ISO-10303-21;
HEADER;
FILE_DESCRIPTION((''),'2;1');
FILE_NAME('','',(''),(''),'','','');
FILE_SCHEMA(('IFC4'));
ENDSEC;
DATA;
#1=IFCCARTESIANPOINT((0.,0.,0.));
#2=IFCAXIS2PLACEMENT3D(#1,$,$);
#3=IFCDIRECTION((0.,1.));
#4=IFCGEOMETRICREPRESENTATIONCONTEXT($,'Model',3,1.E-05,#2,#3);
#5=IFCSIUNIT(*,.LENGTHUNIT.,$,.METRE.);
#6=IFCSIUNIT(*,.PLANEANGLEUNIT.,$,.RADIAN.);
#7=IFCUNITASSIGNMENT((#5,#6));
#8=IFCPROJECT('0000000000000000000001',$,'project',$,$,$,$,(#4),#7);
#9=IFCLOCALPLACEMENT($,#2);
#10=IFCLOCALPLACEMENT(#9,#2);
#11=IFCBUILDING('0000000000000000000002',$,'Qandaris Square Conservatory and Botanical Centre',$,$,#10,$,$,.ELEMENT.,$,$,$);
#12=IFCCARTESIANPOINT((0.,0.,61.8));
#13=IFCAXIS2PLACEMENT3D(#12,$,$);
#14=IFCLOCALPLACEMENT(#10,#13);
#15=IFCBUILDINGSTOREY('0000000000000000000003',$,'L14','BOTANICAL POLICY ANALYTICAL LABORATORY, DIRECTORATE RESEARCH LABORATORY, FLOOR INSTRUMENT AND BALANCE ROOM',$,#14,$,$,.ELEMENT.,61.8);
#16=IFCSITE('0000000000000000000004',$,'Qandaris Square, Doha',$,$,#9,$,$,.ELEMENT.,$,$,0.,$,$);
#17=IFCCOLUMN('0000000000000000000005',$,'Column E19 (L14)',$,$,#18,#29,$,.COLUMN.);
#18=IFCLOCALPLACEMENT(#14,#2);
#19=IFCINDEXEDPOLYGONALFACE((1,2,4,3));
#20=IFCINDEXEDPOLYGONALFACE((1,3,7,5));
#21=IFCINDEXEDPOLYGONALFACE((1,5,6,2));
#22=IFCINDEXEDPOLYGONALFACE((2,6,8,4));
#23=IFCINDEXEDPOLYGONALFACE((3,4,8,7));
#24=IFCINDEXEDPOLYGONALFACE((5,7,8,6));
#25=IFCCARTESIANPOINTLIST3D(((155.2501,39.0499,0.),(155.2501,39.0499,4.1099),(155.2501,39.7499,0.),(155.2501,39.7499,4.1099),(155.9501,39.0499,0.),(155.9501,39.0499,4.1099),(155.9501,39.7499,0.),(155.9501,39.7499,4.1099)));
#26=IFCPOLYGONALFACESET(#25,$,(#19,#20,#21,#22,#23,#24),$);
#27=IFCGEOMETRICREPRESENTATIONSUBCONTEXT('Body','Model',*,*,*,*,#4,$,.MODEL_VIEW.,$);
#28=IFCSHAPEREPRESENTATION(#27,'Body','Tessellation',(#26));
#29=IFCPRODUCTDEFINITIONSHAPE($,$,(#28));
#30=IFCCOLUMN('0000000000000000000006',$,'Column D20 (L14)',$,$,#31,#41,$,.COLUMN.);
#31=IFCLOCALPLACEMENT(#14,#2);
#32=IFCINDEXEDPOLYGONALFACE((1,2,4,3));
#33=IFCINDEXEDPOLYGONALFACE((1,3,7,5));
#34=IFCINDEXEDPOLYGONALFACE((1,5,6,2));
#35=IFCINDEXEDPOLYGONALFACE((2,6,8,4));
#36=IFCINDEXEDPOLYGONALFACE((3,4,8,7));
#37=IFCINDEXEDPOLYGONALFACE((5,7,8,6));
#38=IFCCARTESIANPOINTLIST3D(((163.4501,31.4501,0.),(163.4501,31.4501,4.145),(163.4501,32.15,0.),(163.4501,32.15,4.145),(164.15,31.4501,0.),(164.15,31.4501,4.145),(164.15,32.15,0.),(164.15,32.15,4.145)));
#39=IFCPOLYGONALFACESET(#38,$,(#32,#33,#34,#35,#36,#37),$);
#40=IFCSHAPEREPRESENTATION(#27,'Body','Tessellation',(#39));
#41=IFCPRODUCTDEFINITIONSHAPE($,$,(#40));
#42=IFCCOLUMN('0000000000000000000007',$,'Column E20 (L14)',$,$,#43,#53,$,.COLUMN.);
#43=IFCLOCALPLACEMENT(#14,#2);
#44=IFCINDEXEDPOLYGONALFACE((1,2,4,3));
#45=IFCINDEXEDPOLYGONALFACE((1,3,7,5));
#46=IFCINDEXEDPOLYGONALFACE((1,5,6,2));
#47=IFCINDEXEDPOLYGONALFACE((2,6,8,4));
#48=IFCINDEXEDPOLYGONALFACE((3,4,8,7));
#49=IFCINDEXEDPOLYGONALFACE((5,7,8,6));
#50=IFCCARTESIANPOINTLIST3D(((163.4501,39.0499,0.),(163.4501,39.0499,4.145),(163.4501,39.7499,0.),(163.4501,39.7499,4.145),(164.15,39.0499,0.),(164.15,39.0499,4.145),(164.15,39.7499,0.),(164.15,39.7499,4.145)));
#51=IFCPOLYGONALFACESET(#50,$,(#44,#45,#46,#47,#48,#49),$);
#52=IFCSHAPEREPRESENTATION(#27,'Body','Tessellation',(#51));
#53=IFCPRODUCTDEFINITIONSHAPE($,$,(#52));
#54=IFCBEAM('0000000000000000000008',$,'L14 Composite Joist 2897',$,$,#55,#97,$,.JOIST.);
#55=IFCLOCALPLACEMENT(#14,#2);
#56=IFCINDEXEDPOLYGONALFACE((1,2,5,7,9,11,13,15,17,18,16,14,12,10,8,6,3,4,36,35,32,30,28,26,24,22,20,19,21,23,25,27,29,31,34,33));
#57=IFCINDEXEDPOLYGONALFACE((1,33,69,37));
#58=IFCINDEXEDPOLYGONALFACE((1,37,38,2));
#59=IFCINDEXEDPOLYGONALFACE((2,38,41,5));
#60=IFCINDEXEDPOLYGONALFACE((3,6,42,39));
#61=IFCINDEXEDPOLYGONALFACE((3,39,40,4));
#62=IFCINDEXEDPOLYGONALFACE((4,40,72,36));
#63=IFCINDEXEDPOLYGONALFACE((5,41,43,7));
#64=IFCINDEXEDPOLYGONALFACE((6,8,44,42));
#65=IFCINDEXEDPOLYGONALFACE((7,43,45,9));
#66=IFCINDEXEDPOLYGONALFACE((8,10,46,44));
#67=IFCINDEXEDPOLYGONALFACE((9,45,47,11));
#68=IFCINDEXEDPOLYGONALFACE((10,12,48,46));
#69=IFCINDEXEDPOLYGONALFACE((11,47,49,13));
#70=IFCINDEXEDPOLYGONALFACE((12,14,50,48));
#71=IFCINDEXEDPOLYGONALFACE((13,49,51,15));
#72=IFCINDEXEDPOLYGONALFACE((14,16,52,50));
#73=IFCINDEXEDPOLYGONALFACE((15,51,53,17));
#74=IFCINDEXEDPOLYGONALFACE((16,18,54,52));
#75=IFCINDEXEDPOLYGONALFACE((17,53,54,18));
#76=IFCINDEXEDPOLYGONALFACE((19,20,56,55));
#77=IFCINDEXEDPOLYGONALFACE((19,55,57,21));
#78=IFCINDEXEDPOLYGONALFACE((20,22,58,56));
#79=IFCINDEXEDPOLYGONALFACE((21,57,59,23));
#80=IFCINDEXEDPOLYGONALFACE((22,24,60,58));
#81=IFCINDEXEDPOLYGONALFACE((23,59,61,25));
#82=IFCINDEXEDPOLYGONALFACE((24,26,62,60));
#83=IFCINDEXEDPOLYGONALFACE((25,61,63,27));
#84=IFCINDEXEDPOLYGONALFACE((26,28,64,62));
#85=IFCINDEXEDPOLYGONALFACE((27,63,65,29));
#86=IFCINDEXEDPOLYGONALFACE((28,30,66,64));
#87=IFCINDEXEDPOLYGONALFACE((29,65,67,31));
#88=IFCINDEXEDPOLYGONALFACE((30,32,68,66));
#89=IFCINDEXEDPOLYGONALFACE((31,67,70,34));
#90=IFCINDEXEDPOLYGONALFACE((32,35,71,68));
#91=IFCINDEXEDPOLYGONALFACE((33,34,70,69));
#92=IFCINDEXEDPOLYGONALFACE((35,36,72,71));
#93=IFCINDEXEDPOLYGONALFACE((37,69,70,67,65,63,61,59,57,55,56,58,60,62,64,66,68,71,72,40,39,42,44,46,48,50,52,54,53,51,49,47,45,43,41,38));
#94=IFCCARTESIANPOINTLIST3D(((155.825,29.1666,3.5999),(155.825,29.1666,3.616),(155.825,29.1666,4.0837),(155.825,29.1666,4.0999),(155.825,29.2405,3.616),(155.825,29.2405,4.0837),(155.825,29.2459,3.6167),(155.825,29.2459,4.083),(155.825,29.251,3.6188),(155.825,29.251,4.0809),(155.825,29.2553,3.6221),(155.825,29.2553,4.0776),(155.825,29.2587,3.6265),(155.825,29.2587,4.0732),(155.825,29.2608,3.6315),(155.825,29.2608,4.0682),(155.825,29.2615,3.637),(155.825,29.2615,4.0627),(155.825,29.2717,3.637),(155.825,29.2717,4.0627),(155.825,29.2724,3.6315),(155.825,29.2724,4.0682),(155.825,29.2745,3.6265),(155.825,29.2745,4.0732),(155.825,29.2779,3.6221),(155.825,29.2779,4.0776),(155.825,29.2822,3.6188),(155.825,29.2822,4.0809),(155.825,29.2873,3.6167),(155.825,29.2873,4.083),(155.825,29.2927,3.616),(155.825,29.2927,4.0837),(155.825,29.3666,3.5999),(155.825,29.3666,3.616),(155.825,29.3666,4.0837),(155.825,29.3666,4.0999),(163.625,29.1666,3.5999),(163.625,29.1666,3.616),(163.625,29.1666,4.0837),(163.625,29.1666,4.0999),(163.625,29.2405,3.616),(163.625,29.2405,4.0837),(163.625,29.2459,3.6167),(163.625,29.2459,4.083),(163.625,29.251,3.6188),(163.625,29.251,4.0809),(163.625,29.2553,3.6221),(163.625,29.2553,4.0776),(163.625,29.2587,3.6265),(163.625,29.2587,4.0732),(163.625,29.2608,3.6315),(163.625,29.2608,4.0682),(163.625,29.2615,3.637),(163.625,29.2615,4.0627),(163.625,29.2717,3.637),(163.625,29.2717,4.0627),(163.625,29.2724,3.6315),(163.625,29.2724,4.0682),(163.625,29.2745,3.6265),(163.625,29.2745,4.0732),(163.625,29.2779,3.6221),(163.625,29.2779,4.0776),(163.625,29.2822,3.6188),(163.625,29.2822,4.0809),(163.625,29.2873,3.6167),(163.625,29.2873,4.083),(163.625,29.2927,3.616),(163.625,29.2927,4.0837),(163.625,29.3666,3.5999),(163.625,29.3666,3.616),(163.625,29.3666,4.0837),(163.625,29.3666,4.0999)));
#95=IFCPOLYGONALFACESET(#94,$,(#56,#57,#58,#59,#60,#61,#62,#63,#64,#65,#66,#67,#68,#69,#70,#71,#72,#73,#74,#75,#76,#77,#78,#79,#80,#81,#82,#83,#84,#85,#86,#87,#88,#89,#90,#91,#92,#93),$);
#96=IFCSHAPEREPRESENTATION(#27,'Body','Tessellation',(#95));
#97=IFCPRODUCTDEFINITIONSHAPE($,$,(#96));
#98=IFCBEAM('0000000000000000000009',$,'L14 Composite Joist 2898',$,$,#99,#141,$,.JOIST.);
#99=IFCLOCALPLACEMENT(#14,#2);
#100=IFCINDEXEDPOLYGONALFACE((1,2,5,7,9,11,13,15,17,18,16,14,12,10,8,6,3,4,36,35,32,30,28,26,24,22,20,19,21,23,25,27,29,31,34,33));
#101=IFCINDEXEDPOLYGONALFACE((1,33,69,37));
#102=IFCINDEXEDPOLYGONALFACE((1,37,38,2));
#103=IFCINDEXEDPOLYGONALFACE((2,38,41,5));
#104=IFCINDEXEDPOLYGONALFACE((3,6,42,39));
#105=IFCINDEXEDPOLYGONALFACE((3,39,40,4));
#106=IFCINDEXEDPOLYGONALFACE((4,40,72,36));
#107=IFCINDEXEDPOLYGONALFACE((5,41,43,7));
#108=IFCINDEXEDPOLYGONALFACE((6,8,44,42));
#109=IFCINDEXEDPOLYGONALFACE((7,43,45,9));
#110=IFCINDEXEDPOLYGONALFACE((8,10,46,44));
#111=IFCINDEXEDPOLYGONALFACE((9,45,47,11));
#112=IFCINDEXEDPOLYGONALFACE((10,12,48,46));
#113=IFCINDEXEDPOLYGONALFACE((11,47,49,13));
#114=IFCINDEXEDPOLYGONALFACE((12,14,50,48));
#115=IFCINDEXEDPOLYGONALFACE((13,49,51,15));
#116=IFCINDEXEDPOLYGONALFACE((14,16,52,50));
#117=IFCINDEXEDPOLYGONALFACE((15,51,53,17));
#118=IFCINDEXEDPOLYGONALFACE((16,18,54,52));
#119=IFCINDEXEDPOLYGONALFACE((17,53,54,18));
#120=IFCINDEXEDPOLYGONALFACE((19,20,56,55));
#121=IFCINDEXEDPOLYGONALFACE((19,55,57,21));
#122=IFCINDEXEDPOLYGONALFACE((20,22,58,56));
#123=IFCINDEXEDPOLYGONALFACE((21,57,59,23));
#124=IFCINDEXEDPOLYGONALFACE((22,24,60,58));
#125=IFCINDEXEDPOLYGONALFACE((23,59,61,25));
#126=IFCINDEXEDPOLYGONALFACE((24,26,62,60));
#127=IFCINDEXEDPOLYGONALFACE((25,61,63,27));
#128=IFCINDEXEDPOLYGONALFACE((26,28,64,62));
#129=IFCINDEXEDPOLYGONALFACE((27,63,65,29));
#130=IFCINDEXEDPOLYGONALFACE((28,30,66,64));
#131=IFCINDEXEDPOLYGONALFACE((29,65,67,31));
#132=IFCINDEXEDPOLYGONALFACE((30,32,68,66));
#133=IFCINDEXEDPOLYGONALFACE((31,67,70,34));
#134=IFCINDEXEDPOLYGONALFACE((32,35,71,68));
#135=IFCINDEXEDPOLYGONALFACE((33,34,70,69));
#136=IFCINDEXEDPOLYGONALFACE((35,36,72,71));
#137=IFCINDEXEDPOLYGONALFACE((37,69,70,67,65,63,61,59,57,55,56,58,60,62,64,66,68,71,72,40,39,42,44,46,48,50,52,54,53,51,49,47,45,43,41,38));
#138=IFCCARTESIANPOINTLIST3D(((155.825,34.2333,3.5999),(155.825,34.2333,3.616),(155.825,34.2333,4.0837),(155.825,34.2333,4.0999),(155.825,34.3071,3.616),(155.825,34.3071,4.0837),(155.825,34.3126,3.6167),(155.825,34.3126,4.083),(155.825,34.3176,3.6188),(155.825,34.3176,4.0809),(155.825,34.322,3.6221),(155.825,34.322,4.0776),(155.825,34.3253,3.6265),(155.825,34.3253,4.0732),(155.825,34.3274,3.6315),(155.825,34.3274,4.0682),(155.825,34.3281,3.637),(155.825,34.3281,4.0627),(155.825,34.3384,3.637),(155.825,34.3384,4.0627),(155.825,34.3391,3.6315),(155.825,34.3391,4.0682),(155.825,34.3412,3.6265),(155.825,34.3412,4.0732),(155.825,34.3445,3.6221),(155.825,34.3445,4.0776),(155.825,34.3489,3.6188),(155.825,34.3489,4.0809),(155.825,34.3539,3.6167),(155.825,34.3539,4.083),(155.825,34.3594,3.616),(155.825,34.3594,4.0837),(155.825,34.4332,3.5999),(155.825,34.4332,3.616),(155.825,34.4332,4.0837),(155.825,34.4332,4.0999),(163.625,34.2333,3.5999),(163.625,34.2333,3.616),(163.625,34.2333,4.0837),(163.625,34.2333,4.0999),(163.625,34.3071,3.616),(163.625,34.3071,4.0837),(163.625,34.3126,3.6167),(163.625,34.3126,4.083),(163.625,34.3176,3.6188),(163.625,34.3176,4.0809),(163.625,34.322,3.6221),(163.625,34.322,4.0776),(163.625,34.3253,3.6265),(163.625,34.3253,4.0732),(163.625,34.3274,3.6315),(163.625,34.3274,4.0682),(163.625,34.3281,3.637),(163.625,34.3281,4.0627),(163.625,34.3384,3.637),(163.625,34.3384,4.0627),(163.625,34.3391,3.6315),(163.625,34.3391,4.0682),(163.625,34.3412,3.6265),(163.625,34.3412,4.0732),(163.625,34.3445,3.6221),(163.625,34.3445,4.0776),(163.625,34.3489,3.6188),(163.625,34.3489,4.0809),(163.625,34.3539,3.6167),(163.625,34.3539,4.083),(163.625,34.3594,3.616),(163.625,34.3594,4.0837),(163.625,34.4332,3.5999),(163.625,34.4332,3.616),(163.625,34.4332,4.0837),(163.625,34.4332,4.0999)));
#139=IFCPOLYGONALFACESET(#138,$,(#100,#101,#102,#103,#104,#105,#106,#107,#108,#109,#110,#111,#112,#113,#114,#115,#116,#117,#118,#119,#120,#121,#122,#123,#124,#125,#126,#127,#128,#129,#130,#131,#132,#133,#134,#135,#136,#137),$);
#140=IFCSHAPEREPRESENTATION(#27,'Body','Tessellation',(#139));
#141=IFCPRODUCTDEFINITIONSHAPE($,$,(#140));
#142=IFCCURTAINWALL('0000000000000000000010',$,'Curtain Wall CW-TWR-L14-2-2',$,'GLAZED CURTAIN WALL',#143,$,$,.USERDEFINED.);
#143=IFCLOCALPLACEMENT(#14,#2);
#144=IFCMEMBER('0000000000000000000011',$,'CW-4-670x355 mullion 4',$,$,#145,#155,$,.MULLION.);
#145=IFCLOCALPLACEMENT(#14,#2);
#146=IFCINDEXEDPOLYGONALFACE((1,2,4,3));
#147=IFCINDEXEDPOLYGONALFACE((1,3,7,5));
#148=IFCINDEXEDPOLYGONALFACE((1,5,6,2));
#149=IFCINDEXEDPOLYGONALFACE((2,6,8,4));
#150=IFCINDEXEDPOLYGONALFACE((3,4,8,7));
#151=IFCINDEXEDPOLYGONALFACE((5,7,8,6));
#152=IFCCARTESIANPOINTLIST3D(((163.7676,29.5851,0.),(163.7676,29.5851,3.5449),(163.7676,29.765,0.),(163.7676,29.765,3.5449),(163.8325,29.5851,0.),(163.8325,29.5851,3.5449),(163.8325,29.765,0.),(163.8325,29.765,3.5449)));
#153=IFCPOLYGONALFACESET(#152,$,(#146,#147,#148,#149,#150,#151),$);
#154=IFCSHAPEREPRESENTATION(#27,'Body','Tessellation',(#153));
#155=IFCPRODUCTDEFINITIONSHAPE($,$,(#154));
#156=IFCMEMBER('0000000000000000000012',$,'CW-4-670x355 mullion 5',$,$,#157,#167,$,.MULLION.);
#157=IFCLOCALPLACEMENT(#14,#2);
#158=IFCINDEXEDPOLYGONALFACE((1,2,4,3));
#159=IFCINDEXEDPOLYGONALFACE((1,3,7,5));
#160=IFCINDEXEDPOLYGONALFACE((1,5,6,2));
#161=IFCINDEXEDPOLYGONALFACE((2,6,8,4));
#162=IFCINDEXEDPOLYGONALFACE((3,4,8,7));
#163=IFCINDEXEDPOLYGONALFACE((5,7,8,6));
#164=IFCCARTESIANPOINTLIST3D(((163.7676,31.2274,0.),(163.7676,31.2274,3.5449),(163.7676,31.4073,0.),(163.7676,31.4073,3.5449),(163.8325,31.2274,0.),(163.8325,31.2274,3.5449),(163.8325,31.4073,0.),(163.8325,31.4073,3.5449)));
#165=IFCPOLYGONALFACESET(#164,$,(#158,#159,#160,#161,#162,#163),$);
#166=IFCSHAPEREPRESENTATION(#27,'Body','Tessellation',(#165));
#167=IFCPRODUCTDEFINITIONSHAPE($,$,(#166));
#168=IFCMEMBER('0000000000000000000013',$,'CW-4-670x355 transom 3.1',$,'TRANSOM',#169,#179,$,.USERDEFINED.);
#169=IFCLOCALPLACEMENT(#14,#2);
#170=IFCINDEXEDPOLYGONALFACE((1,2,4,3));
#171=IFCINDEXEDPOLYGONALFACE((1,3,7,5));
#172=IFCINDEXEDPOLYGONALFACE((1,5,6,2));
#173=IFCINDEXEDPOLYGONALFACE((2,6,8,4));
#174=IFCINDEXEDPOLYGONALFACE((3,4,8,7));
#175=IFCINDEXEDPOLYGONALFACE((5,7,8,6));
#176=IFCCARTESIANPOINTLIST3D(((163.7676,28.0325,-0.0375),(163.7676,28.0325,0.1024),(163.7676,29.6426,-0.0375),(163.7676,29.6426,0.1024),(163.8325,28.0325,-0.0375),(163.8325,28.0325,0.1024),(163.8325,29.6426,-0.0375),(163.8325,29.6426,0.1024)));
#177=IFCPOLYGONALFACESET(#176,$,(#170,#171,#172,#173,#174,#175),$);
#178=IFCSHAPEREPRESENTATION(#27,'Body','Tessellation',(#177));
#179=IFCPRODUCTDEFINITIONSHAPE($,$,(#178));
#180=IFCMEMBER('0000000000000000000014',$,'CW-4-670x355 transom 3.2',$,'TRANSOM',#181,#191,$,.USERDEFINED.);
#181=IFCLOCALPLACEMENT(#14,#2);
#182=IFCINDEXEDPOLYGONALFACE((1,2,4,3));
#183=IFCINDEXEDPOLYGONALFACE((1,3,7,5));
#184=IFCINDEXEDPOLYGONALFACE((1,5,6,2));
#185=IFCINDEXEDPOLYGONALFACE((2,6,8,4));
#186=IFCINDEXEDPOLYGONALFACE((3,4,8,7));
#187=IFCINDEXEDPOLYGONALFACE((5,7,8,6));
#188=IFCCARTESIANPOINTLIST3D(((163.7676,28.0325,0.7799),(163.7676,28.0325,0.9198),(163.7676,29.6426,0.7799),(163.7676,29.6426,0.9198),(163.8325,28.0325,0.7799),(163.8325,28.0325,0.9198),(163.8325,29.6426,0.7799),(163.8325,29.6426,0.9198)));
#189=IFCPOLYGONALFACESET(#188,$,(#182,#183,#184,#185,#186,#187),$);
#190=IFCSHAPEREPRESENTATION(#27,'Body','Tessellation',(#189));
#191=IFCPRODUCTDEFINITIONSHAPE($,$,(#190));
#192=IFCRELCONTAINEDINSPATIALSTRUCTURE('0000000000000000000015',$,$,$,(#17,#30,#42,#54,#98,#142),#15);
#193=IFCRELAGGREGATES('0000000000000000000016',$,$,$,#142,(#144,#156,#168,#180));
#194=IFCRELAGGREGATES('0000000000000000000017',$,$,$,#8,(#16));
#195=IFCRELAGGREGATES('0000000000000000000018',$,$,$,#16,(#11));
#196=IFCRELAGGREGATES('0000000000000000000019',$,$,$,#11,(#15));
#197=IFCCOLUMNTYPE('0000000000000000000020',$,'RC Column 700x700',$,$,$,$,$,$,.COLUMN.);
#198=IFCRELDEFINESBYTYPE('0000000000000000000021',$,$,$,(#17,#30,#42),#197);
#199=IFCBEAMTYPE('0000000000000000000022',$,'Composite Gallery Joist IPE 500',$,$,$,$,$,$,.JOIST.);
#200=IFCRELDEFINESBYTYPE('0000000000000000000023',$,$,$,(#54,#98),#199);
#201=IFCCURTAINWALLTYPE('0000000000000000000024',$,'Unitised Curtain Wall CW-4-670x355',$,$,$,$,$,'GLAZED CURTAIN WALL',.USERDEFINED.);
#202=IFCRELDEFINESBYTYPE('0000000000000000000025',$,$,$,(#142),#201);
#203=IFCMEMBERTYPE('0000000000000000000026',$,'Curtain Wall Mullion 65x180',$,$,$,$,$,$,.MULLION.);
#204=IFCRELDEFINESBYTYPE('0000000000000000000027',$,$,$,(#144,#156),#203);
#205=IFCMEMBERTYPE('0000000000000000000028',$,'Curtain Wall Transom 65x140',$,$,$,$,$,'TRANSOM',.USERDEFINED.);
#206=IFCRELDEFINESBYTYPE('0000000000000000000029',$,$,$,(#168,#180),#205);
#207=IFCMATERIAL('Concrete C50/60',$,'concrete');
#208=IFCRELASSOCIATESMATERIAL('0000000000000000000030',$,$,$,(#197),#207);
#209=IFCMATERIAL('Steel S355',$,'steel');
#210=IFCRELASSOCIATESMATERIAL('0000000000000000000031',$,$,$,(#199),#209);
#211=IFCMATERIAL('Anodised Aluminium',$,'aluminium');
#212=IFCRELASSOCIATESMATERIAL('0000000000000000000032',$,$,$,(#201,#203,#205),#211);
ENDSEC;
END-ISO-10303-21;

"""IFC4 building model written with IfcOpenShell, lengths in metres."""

from ifc_helpers import new_model, si_unit, direction, frame, origin, origin_2d, place, context, subcontext, project, spatial, rectangle, i_section, extrude, material, material_profile, profile_set, type_object, element, aggregate, save


model = new_model("IFC4")

# Units and contexts
model_context = context("Model", 3, precision=1e-05, world=origin(), true_north=direction((0.0, 1.0)))
body_context = subcontext(model_context, "Body", "Model", "MODEL_VIEW")
ifc_project = project(units=[si_unit("LENGTHUNIT", "METRE"), si_unit("PLANEANGLEUNIT", "RADIAN")], contexts=[model_context])

# Site, building, storey
site_placement = place(None, origin())
site = spatial("IfcSite", under=ifc_project, at=site_placement, Name="Qandaris Square, Doha", CompositionType="ELEMENT", RefElevation=0.0)
building_placement = place(site_placement, origin())
building = spatial("IfcBuilding", under=site, at=building_placement, Name="Qandaris Square Conservatory and Botanical Centre", CompositionType="ELEMENT")
storey_placement = place(building_placement, frame((0.0, 0.0, 61.8)))
storey = spatial("IfcBuildingStorey", under=building, at=storey_placement, Name="L14", Description="BOTANICAL POLICY ANALYTICAL LABORATORY, DIRECTORATE RESEARCH LABORATORY, FLOOR INSTRUMENT AND BALANCE ROOM", CompositionType="ELEMENT", Elevation=61.8)

# Columns
ifc_material_1 = material(Name="Concrete C50/60", Category="concrete")
ifc_material_profile_1 = material_profile(ifc_material_1, rectangle(XDim=0.7, YDim=0.7, at=origin_2d()), Name="RC-COL 700x700")
ifc_profile_set_1 = profile_set([ifc_material_profile_1], Name="Concrete C50/60")
column_type = type_object("IfcColumnType", Name="RC Column 700x700", PredefinedType="COLUMN", material=ifc_profile_set_1)
column_placement = place(storey_placement, frame((155.6001, 39.3999, 0.0), z_axis=(0.0, 0.0, 1.0), x_axis=(1.0, 0.0, 0.0)))
element("IfcColumn", 1, at=column_placement, inside=storey, type_object=column_type, Name="Column E19 (L14)", PredefinedType="COLUMN", context=body_context, shape_type="SweptSolid", body=[
    extrude(rectangle(XDim=0.7, YDim=0.7, at=origin_2d()), origin(), (0.0, 0.0, 1.0), 4.1099),
])
for number, where, z_axis, x_axis, name in (
    (2, (163.8, 31.8, 0.0), (0.0, 0.0, 1.0), (1.0, 0.0, 0.0), "Column D20 (L14)"),
    (3, (163.8, 39.3999, 0.0), (0.0, 0.0, 1.0), (1.0, 0.0, 0.0), "Column E20 (L14)"),
):
    element("IfcColumn", number, at=place(storey_placement, frame(where, z_axis=z_axis, x_axis=x_axis)), inside=storey, type_object=column_type, Name=name, PredefinedType="COLUMN", context=body_context, shape_type="SweptSolid", body=[
        extrude(rectangle(XDim=0.7, YDim=0.7, at=origin_2d()), origin(), (0.0, 0.0, 1.0), 4.145),
    ])

# Beams
ifc_material_2 = material(Name="Steel S355", Category="steel")
ifc_material_profile_2 = material_profile(ifc_material_2, i_section(OverallWidth=0.2, OverallDepth=0.5, WebThickness=0.0103, FlangeThickness=0.0161, FilletRadius=0.021, at=origin_2d()), Name="IPE 500")
ifc_profile_set_2 = profile_set([ifc_material_profile_2], Name="Steel S355")
beam_type_1 = type_object("IfcBeamType", Name="Composite Gallery Joist IPE 500", PredefinedType="JOIST", material=ifc_profile_set_2)
for number, where, z_axis, x_axis, name in (
    (4, (155.825, 29.2666, 3.8499), (1.0, 0.0, 0.0), (0.0, 1.0, 0.0), "L14 Composite Joist 2897"),
    (5, (155.825, 34.3333, 3.8499), (1.0, 0.0, 0.0), (0.0, 1.0, 0.0), "L14 Composite Joist 2898"),
):
    element("IfcBeam", number, at=place(storey_placement, frame(where, z_axis=z_axis, x_axis=x_axis)), inside=storey, type_object=beam_type_1, Name=name, PredefinedType="JOIST", context=body_context, shape_type="SweptSolid", body=[
        extrude(i_section(OverallWidth=0.2, OverallDepth=0.5, WebThickness=0.0103, FlangeThickness=0.0161, FilletRadius=0.021, at=origin_2d()), origin(), (0.0, 0.0, 1.0), 7.8),
    ])

# Curtain wall, members
ifc_material_3 = material(Name="Anodised Aluminium", Category="aluminium")
curtain_wall_type = type_object("IfcCurtainWallType", Name="Unitised Curtain Wall CW-4-670x355", ElementType="GLAZED CURTAIN WALL", PredefinedType="USERDEFINED", material=ifc_material_3)
curtain_wall_placement = place(storey_placement, origin())
curtain_wall = element("IfcCurtainWall", 6, at=curtain_wall_placement, inside=storey, type_object=curtain_wall_type, Name="Curtain Wall CW-TWR-L14-2-2", ObjectType="GLAZED CURTAIN WALL", PredefinedType="USERDEFINED")
ifc_material_profile_3 = material_profile(ifc_material_3, rectangle(XDim=0.0649, YDim=0.1799, at=origin_2d()), Name="ALU-MUL 65x180")
ifc_profile_set_3 = profile_set([ifc_material_profile_3], Name="Anodised Aluminium")
member_type_1 = type_object("IfcMemberType", Name="Curtain Wall Mullion 65x180", PredefinedType="MULLION", material=ifc_profile_set_3)
member_1_placement = place(storey_placement, frame((163.8, 29.675, 0.0), z_axis=(0.0, 0.0, 1.0), x_axis=(-1.0, 0.0, 0.0)))
member_1 = element("IfcMember", 7, at=member_1_placement, type_object=member_type_1, Name="CW-4-670x355 mullion 4", PredefinedType="MULLION", context=body_context, shape_type="SweptSolid", body=[
    extrude(rectangle(XDim=0.0649, YDim=0.1799, at=origin_2d()), origin(), (0.0, 0.0, 1.0), 3.5449),
])
member_2_placement = place(storey_placement, frame((163.8, 31.3174, 0.0), z_axis=(0.0, 0.0, 1.0), x_axis=(-1.0, 0.0, 0.0)))
member_2 = element("IfcMember", 8, at=member_2_placement, type_object=member_type_1, Name="CW-4-670x355 mullion 5", PredefinedType="MULLION", context=body_context, shape_type="SweptSolid", body=[
    extrude(rectangle(XDim=0.0649, YDim=0.1799, at=origin_2d()), origin(), (0.0, 0.0, 1.0), 3.5449),
])
ifc_material_profile_4 = material_profile(ifc_material_3, rectangle(XDim=0.0649, YDim=0.1399, at=origin_2d()), Name="ALU-TRN 65x140")
ifc_profile_set_4 = profile_set([ifc_material_profile_4], Name="Anodised Aluminium")
member_type_2 = type_object("IfcMemberType", Name="Curtain Wall Transom 65x140", ElementType="TRANSOM", PredefinedType="USERDEFINED", material=ifc_profile_set_4)
member_3_placement = place(storey_placement, frame((163.8, 28.0325, 0.0325), z_axis=(0.0, 1.0, 0.0), x_axis=(-1.0, 0.0, 0.0)))
member_3 = element("IfcMember", 9, at=member_3_placement, type_object=member_type_2, Name="CW-4-670x355 transom 3.1", ObjectType="TRANSOM", PredefinedType="USERDEFINED", context=body_context, shape_type="SweptSolid", body=[
    extrude(rectangle(XDim=0.0649, YDim=0.1399, at=origin_2d()), origin(), (0.0, 0.0, 1.0), 1.6101),
])
member_4_placement = place(storey_placement, frame((163.8, 28.0325, 0.8499), z_axis=(0.0, 1.0, 0.0), x_axis=(-1.0, 0.0, 0.0)))
member_4 = element("IfcMember", 10, at=member_4_placement, type_object=member_type_2, Name="CW-4-670x355 transom 3.2", ObjectType="TRANSOM", PredefinedType="USERDEFINED", context=body_context, shape_type="SweptSolid", body=[
    extrude(rectangle(XDim=0.0649, YDim=0.1399, at=origin_2d()), origin(), (0.0, 0.0, 1.0), 1.6101),
])

aggregate(curtain_wall, [member_1, member_2, member_3, member_4])

save(model, "model.ifc")
